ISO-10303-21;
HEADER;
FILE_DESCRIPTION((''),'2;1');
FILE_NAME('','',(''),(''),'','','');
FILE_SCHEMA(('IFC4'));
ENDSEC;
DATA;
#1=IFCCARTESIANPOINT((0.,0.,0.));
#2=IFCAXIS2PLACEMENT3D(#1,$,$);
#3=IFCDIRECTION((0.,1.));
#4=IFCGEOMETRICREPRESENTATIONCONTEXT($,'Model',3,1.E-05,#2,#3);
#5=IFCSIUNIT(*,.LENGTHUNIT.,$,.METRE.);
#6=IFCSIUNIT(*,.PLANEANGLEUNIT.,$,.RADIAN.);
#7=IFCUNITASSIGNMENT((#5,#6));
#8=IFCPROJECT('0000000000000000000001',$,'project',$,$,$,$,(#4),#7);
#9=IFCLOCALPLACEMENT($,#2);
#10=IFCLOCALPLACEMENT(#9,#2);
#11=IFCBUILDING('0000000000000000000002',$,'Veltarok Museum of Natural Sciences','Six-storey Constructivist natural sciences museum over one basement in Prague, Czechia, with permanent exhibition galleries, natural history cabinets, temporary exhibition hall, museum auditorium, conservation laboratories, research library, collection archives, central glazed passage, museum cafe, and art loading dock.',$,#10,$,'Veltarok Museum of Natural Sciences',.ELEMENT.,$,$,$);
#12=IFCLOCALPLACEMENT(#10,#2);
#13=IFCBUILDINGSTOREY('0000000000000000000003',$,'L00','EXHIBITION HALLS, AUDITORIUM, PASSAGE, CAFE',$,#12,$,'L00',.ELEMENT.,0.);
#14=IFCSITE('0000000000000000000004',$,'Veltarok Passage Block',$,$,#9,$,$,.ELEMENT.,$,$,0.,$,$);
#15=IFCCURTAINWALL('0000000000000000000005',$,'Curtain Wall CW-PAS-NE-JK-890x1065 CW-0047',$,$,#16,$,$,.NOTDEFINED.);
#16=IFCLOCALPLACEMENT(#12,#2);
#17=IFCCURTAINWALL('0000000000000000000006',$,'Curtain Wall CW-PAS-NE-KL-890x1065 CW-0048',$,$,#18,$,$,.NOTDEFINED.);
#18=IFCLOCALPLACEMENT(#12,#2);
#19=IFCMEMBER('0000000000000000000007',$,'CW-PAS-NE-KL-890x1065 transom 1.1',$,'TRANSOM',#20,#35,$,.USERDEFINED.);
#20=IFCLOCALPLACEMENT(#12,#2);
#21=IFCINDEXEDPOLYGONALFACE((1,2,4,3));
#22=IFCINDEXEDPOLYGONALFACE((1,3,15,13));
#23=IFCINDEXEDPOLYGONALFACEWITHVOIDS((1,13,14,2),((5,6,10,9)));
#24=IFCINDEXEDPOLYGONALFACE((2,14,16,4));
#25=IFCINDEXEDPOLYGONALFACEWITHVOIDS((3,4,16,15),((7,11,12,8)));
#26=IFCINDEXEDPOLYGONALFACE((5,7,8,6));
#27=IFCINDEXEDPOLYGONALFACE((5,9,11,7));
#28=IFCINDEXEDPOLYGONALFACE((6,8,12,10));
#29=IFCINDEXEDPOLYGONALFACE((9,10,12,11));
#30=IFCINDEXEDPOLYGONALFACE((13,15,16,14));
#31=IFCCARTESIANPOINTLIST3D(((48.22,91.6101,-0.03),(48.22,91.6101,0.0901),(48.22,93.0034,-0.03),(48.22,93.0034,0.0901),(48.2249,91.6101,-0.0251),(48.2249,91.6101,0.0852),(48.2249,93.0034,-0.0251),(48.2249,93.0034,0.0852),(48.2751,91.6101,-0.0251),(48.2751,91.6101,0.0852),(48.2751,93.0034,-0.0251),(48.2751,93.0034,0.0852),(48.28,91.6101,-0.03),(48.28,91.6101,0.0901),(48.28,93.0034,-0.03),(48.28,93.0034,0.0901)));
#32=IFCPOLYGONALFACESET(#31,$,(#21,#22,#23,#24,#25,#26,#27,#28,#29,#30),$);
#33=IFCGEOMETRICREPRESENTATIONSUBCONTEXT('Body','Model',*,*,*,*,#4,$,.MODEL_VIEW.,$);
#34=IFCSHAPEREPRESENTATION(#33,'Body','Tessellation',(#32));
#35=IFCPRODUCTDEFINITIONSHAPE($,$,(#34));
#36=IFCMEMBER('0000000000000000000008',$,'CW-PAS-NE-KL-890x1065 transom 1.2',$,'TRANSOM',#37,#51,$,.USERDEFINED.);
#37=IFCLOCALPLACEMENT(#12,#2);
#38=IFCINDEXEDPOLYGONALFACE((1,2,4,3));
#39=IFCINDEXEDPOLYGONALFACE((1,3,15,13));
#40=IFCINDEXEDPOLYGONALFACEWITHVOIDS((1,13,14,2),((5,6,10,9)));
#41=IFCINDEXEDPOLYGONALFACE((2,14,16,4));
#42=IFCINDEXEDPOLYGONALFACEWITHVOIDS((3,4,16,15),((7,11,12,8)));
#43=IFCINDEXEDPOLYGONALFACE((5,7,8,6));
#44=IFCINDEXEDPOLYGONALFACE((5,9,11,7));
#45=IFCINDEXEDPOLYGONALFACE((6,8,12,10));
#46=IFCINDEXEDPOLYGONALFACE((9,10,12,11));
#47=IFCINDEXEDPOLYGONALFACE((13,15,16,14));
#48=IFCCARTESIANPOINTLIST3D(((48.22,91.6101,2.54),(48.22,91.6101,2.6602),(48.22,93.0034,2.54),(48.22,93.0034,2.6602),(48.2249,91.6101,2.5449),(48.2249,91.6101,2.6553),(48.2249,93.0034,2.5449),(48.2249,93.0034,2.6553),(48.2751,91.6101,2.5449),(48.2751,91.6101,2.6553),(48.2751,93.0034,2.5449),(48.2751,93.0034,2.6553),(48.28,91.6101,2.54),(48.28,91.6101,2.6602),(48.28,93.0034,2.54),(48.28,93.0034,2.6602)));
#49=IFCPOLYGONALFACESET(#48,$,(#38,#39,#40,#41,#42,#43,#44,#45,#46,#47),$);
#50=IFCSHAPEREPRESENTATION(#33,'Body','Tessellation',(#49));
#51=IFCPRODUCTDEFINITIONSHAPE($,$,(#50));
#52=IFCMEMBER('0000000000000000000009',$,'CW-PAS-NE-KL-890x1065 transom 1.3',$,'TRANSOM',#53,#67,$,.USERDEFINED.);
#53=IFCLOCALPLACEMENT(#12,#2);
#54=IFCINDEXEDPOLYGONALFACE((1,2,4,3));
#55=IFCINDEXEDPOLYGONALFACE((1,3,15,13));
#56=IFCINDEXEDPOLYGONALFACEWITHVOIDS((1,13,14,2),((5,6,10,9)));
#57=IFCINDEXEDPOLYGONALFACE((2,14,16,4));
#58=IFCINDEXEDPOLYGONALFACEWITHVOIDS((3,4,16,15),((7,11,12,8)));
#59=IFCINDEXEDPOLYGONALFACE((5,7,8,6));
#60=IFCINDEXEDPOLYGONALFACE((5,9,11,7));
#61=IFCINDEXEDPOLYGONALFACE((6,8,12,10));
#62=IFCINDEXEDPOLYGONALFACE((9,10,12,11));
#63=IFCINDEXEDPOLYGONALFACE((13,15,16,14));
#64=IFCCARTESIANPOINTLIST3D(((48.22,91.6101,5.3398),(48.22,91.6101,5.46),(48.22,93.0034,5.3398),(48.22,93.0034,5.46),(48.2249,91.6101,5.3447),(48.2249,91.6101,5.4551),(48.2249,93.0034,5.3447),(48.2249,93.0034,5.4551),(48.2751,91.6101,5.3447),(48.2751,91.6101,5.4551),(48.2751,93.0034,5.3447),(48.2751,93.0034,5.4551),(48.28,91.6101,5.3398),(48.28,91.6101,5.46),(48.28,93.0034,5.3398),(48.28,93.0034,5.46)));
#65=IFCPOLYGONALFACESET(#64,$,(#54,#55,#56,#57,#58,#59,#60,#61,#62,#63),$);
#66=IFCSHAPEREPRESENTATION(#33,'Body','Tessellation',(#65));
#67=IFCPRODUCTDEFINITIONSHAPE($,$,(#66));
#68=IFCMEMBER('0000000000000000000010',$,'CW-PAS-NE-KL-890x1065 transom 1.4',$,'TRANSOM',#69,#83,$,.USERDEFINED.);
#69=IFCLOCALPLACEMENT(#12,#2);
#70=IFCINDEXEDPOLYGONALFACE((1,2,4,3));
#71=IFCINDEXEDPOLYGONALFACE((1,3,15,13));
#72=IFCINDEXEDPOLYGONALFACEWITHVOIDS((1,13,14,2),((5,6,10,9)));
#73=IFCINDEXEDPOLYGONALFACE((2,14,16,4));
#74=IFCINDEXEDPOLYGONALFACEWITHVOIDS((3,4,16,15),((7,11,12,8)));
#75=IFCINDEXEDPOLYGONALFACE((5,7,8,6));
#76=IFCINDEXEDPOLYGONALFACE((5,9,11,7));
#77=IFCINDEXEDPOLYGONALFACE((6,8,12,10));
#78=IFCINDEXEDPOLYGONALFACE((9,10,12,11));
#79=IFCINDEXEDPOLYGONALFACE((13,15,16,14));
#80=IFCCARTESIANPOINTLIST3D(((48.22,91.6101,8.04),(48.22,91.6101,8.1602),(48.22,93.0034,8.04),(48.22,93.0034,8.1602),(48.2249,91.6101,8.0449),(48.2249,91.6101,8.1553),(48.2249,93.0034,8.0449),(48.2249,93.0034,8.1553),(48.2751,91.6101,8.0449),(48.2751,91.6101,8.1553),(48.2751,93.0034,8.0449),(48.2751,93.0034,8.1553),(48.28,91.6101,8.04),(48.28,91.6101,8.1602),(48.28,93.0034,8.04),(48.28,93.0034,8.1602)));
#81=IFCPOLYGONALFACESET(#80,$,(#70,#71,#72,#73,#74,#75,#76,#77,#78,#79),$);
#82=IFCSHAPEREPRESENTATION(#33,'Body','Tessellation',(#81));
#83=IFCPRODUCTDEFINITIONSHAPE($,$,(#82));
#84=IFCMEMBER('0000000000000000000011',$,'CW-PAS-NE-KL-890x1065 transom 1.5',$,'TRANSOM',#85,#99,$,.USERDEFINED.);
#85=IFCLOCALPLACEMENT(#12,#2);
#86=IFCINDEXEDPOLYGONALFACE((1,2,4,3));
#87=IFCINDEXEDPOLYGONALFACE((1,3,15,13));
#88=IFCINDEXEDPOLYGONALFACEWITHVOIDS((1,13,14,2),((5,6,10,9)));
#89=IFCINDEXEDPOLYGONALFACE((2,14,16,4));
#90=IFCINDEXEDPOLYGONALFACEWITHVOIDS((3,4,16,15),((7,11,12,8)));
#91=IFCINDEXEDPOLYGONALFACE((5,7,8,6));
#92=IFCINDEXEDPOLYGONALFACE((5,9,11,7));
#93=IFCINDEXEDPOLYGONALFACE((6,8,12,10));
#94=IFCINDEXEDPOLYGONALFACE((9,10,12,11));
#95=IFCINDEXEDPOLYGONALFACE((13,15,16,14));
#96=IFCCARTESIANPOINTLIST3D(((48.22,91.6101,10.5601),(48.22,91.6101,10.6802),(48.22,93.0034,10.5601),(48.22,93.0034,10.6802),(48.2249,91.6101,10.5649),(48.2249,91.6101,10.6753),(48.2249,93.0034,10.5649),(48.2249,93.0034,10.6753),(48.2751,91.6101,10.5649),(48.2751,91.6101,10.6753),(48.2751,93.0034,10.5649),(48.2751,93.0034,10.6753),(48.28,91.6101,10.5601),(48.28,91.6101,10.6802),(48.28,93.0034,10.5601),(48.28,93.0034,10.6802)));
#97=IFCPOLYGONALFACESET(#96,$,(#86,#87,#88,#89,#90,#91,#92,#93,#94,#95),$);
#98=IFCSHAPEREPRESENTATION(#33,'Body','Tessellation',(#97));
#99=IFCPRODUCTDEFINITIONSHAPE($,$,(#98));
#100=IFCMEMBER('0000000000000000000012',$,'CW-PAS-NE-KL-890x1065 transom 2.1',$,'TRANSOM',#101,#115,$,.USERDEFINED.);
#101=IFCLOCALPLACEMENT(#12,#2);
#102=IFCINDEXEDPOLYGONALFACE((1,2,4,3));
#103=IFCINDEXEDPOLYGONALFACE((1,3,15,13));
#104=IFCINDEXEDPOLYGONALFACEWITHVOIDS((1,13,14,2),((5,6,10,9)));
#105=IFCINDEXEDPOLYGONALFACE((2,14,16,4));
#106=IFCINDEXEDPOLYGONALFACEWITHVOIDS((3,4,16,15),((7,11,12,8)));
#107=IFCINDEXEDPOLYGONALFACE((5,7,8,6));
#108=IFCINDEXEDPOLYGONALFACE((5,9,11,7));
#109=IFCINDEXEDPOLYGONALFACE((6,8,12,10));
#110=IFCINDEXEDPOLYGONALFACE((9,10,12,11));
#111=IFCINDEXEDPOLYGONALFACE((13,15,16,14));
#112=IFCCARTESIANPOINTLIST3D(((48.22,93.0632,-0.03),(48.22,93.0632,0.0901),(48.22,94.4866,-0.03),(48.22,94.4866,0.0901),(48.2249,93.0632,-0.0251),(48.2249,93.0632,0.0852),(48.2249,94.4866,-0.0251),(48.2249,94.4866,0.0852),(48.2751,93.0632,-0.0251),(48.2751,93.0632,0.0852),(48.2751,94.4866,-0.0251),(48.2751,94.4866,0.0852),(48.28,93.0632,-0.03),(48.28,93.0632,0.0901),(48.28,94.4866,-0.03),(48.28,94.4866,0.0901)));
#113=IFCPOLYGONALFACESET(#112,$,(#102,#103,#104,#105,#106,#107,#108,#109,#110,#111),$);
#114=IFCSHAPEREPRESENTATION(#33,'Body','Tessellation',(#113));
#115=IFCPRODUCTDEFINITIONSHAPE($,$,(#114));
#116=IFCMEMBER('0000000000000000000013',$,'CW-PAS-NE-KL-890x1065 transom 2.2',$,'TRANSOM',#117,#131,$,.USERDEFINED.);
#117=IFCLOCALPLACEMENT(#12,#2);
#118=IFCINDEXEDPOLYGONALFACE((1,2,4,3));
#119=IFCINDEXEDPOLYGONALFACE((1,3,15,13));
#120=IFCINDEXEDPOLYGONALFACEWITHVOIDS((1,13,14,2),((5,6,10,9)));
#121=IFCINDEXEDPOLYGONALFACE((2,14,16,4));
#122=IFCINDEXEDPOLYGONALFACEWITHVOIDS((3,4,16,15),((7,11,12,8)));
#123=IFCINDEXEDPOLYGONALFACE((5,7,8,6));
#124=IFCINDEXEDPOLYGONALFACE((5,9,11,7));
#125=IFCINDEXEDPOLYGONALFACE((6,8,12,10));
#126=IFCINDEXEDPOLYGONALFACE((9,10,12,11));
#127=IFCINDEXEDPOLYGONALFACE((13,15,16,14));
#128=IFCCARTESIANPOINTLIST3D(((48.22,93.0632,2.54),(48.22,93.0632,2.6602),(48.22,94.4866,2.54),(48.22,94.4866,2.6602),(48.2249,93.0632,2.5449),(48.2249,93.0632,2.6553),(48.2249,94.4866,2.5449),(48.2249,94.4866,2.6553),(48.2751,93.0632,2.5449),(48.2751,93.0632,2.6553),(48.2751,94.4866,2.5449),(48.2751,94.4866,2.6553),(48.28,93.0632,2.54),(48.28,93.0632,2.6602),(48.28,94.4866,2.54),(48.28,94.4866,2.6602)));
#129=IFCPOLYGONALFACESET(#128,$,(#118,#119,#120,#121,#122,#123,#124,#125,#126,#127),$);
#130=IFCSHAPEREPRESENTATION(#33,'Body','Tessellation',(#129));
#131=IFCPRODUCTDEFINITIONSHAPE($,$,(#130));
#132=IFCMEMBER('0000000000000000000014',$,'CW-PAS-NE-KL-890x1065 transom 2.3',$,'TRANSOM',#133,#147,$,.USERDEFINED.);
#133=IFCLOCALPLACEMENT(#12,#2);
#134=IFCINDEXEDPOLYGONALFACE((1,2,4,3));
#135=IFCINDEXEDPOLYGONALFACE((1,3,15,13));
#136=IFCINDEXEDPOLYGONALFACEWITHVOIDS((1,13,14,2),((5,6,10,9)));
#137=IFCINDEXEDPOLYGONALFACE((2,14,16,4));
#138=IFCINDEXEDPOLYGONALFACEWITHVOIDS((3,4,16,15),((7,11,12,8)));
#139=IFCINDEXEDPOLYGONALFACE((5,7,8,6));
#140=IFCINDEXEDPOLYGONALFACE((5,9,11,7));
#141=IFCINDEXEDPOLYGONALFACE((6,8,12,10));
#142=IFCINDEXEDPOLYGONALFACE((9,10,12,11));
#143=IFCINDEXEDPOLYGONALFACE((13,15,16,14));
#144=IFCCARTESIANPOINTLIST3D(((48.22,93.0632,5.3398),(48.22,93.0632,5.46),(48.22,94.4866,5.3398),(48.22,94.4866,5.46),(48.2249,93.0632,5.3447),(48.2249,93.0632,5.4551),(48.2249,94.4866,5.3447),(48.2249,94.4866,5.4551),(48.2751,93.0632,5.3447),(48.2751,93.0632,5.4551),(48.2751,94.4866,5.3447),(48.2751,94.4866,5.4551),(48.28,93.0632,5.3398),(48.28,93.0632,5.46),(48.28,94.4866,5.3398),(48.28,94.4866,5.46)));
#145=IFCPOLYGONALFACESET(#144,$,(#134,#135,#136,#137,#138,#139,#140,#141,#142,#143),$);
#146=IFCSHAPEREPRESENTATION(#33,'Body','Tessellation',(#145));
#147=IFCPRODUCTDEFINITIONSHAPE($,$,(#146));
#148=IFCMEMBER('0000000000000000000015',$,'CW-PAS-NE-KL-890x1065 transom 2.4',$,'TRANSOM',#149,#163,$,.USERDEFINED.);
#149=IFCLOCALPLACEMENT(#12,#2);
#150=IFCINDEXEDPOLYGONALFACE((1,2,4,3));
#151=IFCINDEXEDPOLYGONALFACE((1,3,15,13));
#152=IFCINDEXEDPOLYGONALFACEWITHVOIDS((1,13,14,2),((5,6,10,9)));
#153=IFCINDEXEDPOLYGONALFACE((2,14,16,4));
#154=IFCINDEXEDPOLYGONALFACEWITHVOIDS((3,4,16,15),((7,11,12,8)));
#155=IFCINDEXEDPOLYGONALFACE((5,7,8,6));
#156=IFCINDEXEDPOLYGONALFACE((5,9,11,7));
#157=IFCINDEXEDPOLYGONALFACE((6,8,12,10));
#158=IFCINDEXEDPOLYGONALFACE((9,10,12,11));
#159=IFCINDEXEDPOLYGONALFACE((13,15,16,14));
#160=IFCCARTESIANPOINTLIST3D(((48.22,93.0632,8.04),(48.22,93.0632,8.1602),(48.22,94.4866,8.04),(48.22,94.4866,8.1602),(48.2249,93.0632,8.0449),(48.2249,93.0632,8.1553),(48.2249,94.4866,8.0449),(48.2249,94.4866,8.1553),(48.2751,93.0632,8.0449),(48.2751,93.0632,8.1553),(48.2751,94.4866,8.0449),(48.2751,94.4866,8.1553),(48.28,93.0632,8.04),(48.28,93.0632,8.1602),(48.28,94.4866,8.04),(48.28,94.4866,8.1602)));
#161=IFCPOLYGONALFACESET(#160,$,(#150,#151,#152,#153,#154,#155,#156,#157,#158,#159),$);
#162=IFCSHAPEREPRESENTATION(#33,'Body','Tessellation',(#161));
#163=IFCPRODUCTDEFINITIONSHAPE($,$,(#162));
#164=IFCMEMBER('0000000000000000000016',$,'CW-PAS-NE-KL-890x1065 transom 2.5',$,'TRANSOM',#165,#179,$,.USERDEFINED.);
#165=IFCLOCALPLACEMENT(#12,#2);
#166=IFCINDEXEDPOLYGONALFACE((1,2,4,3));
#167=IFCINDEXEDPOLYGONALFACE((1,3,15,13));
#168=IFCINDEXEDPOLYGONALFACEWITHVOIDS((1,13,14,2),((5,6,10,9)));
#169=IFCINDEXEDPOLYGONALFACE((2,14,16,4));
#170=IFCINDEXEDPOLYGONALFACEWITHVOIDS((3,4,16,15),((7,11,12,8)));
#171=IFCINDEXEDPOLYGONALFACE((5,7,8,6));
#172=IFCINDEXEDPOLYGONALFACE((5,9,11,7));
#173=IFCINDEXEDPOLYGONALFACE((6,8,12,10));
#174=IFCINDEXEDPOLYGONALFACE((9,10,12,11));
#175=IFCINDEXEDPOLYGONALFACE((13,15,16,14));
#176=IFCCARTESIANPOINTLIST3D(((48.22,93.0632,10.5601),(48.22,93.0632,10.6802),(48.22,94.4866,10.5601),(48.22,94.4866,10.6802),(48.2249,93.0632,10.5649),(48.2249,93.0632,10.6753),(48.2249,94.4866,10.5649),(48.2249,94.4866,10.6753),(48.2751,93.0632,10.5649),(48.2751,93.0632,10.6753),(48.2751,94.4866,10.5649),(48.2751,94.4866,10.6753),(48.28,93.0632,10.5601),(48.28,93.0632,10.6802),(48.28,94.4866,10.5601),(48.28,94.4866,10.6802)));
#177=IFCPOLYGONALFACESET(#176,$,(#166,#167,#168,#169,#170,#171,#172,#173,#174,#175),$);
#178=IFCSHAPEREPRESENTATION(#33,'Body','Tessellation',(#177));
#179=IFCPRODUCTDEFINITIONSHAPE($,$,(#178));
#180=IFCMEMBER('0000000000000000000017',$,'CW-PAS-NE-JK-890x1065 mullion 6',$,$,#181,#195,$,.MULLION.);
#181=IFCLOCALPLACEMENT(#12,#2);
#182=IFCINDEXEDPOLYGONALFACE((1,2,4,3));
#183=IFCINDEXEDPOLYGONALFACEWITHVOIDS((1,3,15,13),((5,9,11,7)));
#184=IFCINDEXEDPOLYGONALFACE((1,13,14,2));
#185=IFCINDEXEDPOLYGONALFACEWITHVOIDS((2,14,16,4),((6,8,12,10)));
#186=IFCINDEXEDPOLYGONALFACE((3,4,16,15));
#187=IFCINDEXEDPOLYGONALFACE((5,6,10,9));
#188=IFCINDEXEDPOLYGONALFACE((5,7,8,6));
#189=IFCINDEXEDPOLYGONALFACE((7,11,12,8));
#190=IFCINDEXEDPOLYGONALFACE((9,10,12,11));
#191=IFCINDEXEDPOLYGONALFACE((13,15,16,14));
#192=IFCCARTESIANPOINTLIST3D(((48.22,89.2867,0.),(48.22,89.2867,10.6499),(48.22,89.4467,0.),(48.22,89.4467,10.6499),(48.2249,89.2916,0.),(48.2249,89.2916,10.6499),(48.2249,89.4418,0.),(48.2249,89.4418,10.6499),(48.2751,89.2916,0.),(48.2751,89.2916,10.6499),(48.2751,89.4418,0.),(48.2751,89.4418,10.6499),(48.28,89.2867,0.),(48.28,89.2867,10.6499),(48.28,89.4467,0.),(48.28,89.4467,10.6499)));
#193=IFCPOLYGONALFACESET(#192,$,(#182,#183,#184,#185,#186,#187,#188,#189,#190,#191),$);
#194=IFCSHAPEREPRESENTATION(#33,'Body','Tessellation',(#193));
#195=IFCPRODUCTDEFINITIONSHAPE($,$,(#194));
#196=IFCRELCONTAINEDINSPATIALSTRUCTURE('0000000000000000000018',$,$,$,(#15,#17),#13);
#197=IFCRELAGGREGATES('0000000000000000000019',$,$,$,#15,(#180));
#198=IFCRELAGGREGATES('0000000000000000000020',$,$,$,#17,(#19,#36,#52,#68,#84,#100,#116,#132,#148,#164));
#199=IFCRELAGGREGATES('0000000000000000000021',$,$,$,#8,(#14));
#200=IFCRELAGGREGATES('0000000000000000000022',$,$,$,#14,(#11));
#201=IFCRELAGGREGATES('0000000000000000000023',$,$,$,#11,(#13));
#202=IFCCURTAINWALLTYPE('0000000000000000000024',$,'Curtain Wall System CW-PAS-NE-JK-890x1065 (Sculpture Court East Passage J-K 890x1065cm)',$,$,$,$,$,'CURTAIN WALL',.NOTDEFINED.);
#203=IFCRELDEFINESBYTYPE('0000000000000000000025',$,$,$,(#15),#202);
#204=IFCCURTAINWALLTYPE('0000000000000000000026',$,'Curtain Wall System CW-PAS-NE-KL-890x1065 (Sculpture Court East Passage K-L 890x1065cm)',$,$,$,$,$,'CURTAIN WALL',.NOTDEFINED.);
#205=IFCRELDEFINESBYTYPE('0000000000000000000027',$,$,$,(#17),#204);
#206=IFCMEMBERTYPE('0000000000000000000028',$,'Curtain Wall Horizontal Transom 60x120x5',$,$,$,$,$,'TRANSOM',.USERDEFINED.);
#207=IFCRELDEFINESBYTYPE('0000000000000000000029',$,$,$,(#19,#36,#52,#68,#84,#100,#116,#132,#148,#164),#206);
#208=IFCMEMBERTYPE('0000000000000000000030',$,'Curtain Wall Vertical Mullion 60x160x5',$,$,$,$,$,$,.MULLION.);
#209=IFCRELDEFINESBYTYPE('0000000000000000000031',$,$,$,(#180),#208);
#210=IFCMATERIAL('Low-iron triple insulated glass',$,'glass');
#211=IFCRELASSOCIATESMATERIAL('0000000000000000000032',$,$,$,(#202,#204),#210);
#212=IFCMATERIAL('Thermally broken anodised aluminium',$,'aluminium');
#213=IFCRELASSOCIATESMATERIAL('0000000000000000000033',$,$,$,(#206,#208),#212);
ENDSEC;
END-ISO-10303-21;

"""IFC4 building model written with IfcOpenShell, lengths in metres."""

from ifc_helpers import new_model, si_unit, direction, frame, origin, origin_2d, place, context, subcontext, project, spatial, hollow_rectangle, extrude, material, material_profile, profile_set, type_object, element, aggregate, save


model = new_model("IFC4")

# Units and contexts
model_context = context("Model", 3, precision=1e-05, world=origin(), true_north=direction((0.0, 1.0)))
body_context = subcontext(model_context, "Body", "Model", "MODEL_VIEW")
ifc_project = project(units=[si_unit("LENGTHUNIT", "METRE"), si_unit("PLANEANGLEUNIT", "RADIAN")], contexts=[model_context])

# Site, building, storey
site_placement = place(None, origin())
site = spatial("IfcSite", under=ifc_project, at=site_placement, Name="Veltarok Passage Block", CompositionType="ELEMENT", RefElevation=0.0)
building_placement = place(site_placement, origin())
building = spatial("IfcBuilding", under=site, at=building_placement, Name="Veltarok Museum of Natural Sciences", Description="Six-storey Constructivist natural sciences museum over one basement in Prague, Czechia, with permanent exhibition galleries, natural history cabinets, temporary exhibition hall, museum auditorium, conservation laboratories, research library, collection archives, central glazed passage, museum cafe, and art loading dock.", LongName="Veltarok Museum of Natural Sciences", CompositionType="ELEMENT")
storey_placement = place(building_placement, origin())
storey = spatial("IfcBuildingStorey", under=building, at=storey_placement, Name="L00", Description="EXHIBITION HALLS, AUDITORIUM, PASSAGE, CAFE", LongName="L00", CompositionType="ELEMENT", Elevation=0.0)

# Curtain walls, members
ifc_material_1 = material(Name="Low-iron triple insulated glass", Category="glass")
curtain_wall_type_1 = type_object("IfcCurtainWallType", Name="Curtain Wall System CW-PAS-NE-JK-890x1065 (Sculpture Court East Passage J-K 890x1065cm)", ElementType="CURTAIN WALL", PredefinedType="NOTDEFINED", material=ifc_material_1)
curtain_wall_1_placement = place(storey_placement, origin())
curtain_wall_1 = element("IfcCurtainWall", 1, at=curtain_wall_1_placement, inside=storey, type_object=curtain_wall_type_1, Name="Curtain Wall CW-PAS-NE-JK-890x1065 CW-0047", PredefinedType="NOTDEFINED")
ifc_material_2 = material(Name="Thermally broken anodised aluminium", Category="aluminium")
ifc_material_profile_1 = material_profile(ifc_material_2, hollow_rectangle(XDim=0.0601, YDim=0.1201, WallThickness=0.0049, at=origin_2d()), Name="CW TRANSOM 60x120x5")
ifc_profile_set_1 = profile_set([ifc_material_profile_1], Name="Thermally broken anodised aluminium")
member_type_1 = type_object("IfcMemberType", Name="Curtain Wall Horizontal Transom 60x120x5", ElementType="TRANSOM", PredefinedType="USERDEFINED", material=ifc_profile_set_1)
curtain_wall_type_2 = type_object("IfcCurtainWallType", Name="Curtain Wall System CW-PAS-NE-KL-890x1065 (Sculpture Court East Passage K-L 890x1065cm)", ElementType="CURTAIN WALL", PredefinedType="NOTDEFINED", material=ifc_material_1)
curtain_wall_2_placement = place(storey_placement, origin())
curtain_wall_2 = element("IfcCurtainWall", 2, at=curtain_wall_2_placement, inside=storey, type_object=curtain_wall_type_2, Name="Curtain Wall CW-PAS-NE-KL-890x1065 CW-0048", PredefinedType="NOTDEFINED")
member_1_placement = place(storey_placement, frame((48.25, 91.6101, 0.03), z_axis=(0.0, 1.0, 0.0), x_axis=(-1.0, 0.0, 0.0)))
member_1 = element("IfcMember", 3, at=member_1_placement, type_object=member_type_1, Name="CW-PAS-NE-KL-890x1065 transom 1.1", ObjectType="TRANSOM", PredefinedType="USERDEFINED", context=body_context, shape_type="SweptSolid", body=[
    extrude(hollow_rectangle(XDim=0.0601, YDim=0.1201, WallThickness=0.0049, at=origin_2d()), origin(), (0.0, 0.0, 1.0), 1.3933),
])
member_2_placement = place(storey_placement, frame((48.25, 91.6101, 2.6001), z_axis=(0.0, 1.0, 0.0), x_axis=(-1.0, 0.0, 0.0)))
member_2 = element("IfcMember", 4, at=member_2_placement, type_object=member_type_1, Name="CW-PAS-NE-KL-890x1065 transom 1.2", ObjectType="TRANSOM", PredefinedType="USERDEFINED", context=body_context, shape_type="SweptSolid", body=[
    extrude(hollow_rectangle(XDim=0.0601, YDim=0.1201, WallThickness=0.0049, at=origin_2d()), origin(), (0.0, 0.0, 1.0), 1.3933),
])
member_3_placement = place(storey_placement, frame((48.25, 91.6101, 5.3999), z_axis=(0.0, 1.0, 0.0), x_axis=(-1.0, 0.0, 0.0)))
member_3 = element("IfcMember", 5, at=member_3_placement, type_object=member_type_1, Name="CW-PAS-NE-KL-890x1065 transom 1.3", ObjectType="TRANSOM", PredefinedType="USERDEFINED", context=body_context, shape_type="SweptSolid", body=[
    extrude(hollow_rectangle(XDim=0.0601, YDim=0.1201, WallThickness=0.0049, at=origin_2d()), origin(), (0.0, 0.0, 1.0), 1.3933),
])
member_4_placement = place(storey_placement, frame((48.25, 91.6101, 8.1001), z_axis=(0.0, 1.0, 0.0), x_axis=(-1.0, 0.0, 0.0)))
member_4 = element("IfcMember", 6, at=member_4_placement, type_object=member_type_1, Name="CW-PAS-NE-KL-890x1065 transom 1.4", ObjectType="TRANSOM", PredefinedType="USERDEFINED", context=body_context, shape_type="SweptSolid", body=[
    extrude(hollow_rectangle(XDim=0.0601, YDim=0.1201, WallThickness=0.0049, at=origin_2d()), origin(), (0.0, 0.0, 1.0), 1.3933),
])
member_5_placement = place(storey_placement, frame((48.25, 91.6101, 10.6201), z_axis=(0.0, 1.0, 0.0), x_axis=(-1.0, 0.0, 0.0)))
member_5 = element("IfcMember", 7, at=member_5_placement, type_object=member_type_1, Name="CW-PAS-NE-KL-890x1065 transom 1.5", ObjectType="TRANSOM", PredefinedType="USERDEFINED", context=body_context, shape_type="SweptSolid", body=[
    extrude(hollow_rectangle(XDim=0.0601, YDim=0.1201, WallThickness=0.0049, at=origin_2d()), origin(), (0.0, 0.0, 1.0), 1.3933),
])
member_6_placement = place(storey_placement, frame((48.25, 93.0632, 0.03), z_axis=(0.0, 1.0, 0.0), x_axis=(-1.0, 0.0, 0.0)))
member_6 = element("IfcMember", 8, at=member_6_placement, type_object=member_type_1, Name="CW-PAS-NE-KL-890x1065 transom 2.1", ObjectType="TRANSOM", PredefinedType="USERDEFINED", context=body_context, shape_type="SweptSolid", body=[
    extrude(hollow_rectangle(XDim=0.0601, YDim=0.1201, WallThickness=0.0049, at=origin_2d()), origin(), (0.0, 0.0, 1.0), 1.4233),
])
member_7_placement = place(storey_placement, frame((48.25, 93.0632, 2.6001), z_axis=(0.0, 1.0, 0.0), x_axis=(-1.0, 0.0, 0.0)))
member_7 = element("IfcMember", 9, at=member_7_placement, type_object=member_type_1, Name="CW-PAS-NE-KL-890x1065 transom 2.2", ObjectType="TRANSOM", PredefinedType="USERDEFINED", context=body_context, shape_type="SweptSolid", body=[
    extrude(hollow_rectangle(XDim=0.0601, YDim=0.1201, WallThickness=0.0049, at=origin_2d()), origin(), (0.0, 0.0, 1.0), 1.4233),
])
member_8_placement = place(storey_placement, frame((48.25, 93.0632, 5.3999), z_axis=(0.0, 1.0, 0.0), x_axis=(-1.0, 0.0, 0.0)))
member_8 = element("IfcMember", 10, at=member_8_placement, type_object=member_type_1, Name="CW-PAS-NE-KL-890x1065 transom 2.3", ObjectType="TRANSOM", PredefinedType="USERDEFINED", context=body_context, shape_type="SweptSolid", body=[
    extrude(hollow_rectangle(XDim=0.0601, YDim=0.1201, WallThickness=0.0049, at=origin_2d()), origin(), (0.0, 0.0, 1.0), 1.4233),
])
member_9_placement = place(storey_placement, frame((48.25, 93.0632, 8.1001), z_axis=(0.0, 1.0, 0.0), x_axis=(-1.0, 0.0, 0.0)))
member_9 = element("IfcMember", 11, at=member_9_placement, type_object=member_type_1, Name="CW-PAS-NE-KL-890x1065 transom 2.4", ObjectType="TRANSOM", PredefinedType="USERDEFINED", context=body_context, shape_type="SweptSolid", body=[
    extrude(hollow_rectangle(XDim=0.0601, YDim=0.1201, WallThickness=0.0049, at=origin_2d()), origin(), (0.0, 0.0, 1.0), 1.4233),
])
member_10_placement = place(storey_placement, frame((48.25, 93.0632, 10.6201), z_axis=(0.0, 1.0, 0.0), x_axis=(-1.0, 0.0, 0.0)))
member_10 = element("IfcMember", 12, at=member_10_placement, type_object=member_type_1, Name="CW-PAS-NE-KL-890x1065 transom 2.5", ObjectType="TRANSOM", PredefinedType="USERDEFINED", context=body_context, shape_type="SweptSolid", body=[
    extrude(hollow_rectangle(XDim=0.0601, YDim=0.1201, WallThickness=0.0049, at=origin_2d()), origin(), (0.0, 0.0, 1.0), 1.4233),
])

# Member
ifc_material_profile_2 = material_profile(ifc_material_2, hollow_rectangle(XDim=0.0601, YDim=0.1599, WallThickness=0.0049, at=origin_2d()), Name="CW MULLION 60x160x5")
ifc_profile_set_2 = profile_set([ifc_material_profile_2], Name="Thermally broken anodised aluminium")
member_type_2 = type_object("IfcMemberType", Name="Curtain Wall Vertical Mullion 60x160x5", PredefinedType="MULLION", material=ifc_profile_set_2)
member_11_placement = place(storey_placement, frame((48.25, 89.3667, 0.0), z_axis=(0.0, 0.0, 1.0), x_axis=(-1.0, 0.0, 0.0)))
member_11 = element("IfcMember", 13, at=member_11_placement, type_object=member_type_2, Name="CW-PAS-NE-JK-890x1065 mullion 6", PredefinedType="MULLION", context=body_context, shape_type="SweptSolid", body=[
    extrude(hollow_rectangle(XDim=0.0601, YDim=0.1599, WallThickness=0.0049, at=origin_2d()), origin(), (0.0, 0.0, 1.0), 10.6499),
])

aggregate(curtain_wall_1, [member_11])
aggregate(curtain_wall_2, [member_1, member_2, member_3, member_4, member_5, member_6, member_7, member_8, member_9, member_10])

save(model, "model.ifc")
